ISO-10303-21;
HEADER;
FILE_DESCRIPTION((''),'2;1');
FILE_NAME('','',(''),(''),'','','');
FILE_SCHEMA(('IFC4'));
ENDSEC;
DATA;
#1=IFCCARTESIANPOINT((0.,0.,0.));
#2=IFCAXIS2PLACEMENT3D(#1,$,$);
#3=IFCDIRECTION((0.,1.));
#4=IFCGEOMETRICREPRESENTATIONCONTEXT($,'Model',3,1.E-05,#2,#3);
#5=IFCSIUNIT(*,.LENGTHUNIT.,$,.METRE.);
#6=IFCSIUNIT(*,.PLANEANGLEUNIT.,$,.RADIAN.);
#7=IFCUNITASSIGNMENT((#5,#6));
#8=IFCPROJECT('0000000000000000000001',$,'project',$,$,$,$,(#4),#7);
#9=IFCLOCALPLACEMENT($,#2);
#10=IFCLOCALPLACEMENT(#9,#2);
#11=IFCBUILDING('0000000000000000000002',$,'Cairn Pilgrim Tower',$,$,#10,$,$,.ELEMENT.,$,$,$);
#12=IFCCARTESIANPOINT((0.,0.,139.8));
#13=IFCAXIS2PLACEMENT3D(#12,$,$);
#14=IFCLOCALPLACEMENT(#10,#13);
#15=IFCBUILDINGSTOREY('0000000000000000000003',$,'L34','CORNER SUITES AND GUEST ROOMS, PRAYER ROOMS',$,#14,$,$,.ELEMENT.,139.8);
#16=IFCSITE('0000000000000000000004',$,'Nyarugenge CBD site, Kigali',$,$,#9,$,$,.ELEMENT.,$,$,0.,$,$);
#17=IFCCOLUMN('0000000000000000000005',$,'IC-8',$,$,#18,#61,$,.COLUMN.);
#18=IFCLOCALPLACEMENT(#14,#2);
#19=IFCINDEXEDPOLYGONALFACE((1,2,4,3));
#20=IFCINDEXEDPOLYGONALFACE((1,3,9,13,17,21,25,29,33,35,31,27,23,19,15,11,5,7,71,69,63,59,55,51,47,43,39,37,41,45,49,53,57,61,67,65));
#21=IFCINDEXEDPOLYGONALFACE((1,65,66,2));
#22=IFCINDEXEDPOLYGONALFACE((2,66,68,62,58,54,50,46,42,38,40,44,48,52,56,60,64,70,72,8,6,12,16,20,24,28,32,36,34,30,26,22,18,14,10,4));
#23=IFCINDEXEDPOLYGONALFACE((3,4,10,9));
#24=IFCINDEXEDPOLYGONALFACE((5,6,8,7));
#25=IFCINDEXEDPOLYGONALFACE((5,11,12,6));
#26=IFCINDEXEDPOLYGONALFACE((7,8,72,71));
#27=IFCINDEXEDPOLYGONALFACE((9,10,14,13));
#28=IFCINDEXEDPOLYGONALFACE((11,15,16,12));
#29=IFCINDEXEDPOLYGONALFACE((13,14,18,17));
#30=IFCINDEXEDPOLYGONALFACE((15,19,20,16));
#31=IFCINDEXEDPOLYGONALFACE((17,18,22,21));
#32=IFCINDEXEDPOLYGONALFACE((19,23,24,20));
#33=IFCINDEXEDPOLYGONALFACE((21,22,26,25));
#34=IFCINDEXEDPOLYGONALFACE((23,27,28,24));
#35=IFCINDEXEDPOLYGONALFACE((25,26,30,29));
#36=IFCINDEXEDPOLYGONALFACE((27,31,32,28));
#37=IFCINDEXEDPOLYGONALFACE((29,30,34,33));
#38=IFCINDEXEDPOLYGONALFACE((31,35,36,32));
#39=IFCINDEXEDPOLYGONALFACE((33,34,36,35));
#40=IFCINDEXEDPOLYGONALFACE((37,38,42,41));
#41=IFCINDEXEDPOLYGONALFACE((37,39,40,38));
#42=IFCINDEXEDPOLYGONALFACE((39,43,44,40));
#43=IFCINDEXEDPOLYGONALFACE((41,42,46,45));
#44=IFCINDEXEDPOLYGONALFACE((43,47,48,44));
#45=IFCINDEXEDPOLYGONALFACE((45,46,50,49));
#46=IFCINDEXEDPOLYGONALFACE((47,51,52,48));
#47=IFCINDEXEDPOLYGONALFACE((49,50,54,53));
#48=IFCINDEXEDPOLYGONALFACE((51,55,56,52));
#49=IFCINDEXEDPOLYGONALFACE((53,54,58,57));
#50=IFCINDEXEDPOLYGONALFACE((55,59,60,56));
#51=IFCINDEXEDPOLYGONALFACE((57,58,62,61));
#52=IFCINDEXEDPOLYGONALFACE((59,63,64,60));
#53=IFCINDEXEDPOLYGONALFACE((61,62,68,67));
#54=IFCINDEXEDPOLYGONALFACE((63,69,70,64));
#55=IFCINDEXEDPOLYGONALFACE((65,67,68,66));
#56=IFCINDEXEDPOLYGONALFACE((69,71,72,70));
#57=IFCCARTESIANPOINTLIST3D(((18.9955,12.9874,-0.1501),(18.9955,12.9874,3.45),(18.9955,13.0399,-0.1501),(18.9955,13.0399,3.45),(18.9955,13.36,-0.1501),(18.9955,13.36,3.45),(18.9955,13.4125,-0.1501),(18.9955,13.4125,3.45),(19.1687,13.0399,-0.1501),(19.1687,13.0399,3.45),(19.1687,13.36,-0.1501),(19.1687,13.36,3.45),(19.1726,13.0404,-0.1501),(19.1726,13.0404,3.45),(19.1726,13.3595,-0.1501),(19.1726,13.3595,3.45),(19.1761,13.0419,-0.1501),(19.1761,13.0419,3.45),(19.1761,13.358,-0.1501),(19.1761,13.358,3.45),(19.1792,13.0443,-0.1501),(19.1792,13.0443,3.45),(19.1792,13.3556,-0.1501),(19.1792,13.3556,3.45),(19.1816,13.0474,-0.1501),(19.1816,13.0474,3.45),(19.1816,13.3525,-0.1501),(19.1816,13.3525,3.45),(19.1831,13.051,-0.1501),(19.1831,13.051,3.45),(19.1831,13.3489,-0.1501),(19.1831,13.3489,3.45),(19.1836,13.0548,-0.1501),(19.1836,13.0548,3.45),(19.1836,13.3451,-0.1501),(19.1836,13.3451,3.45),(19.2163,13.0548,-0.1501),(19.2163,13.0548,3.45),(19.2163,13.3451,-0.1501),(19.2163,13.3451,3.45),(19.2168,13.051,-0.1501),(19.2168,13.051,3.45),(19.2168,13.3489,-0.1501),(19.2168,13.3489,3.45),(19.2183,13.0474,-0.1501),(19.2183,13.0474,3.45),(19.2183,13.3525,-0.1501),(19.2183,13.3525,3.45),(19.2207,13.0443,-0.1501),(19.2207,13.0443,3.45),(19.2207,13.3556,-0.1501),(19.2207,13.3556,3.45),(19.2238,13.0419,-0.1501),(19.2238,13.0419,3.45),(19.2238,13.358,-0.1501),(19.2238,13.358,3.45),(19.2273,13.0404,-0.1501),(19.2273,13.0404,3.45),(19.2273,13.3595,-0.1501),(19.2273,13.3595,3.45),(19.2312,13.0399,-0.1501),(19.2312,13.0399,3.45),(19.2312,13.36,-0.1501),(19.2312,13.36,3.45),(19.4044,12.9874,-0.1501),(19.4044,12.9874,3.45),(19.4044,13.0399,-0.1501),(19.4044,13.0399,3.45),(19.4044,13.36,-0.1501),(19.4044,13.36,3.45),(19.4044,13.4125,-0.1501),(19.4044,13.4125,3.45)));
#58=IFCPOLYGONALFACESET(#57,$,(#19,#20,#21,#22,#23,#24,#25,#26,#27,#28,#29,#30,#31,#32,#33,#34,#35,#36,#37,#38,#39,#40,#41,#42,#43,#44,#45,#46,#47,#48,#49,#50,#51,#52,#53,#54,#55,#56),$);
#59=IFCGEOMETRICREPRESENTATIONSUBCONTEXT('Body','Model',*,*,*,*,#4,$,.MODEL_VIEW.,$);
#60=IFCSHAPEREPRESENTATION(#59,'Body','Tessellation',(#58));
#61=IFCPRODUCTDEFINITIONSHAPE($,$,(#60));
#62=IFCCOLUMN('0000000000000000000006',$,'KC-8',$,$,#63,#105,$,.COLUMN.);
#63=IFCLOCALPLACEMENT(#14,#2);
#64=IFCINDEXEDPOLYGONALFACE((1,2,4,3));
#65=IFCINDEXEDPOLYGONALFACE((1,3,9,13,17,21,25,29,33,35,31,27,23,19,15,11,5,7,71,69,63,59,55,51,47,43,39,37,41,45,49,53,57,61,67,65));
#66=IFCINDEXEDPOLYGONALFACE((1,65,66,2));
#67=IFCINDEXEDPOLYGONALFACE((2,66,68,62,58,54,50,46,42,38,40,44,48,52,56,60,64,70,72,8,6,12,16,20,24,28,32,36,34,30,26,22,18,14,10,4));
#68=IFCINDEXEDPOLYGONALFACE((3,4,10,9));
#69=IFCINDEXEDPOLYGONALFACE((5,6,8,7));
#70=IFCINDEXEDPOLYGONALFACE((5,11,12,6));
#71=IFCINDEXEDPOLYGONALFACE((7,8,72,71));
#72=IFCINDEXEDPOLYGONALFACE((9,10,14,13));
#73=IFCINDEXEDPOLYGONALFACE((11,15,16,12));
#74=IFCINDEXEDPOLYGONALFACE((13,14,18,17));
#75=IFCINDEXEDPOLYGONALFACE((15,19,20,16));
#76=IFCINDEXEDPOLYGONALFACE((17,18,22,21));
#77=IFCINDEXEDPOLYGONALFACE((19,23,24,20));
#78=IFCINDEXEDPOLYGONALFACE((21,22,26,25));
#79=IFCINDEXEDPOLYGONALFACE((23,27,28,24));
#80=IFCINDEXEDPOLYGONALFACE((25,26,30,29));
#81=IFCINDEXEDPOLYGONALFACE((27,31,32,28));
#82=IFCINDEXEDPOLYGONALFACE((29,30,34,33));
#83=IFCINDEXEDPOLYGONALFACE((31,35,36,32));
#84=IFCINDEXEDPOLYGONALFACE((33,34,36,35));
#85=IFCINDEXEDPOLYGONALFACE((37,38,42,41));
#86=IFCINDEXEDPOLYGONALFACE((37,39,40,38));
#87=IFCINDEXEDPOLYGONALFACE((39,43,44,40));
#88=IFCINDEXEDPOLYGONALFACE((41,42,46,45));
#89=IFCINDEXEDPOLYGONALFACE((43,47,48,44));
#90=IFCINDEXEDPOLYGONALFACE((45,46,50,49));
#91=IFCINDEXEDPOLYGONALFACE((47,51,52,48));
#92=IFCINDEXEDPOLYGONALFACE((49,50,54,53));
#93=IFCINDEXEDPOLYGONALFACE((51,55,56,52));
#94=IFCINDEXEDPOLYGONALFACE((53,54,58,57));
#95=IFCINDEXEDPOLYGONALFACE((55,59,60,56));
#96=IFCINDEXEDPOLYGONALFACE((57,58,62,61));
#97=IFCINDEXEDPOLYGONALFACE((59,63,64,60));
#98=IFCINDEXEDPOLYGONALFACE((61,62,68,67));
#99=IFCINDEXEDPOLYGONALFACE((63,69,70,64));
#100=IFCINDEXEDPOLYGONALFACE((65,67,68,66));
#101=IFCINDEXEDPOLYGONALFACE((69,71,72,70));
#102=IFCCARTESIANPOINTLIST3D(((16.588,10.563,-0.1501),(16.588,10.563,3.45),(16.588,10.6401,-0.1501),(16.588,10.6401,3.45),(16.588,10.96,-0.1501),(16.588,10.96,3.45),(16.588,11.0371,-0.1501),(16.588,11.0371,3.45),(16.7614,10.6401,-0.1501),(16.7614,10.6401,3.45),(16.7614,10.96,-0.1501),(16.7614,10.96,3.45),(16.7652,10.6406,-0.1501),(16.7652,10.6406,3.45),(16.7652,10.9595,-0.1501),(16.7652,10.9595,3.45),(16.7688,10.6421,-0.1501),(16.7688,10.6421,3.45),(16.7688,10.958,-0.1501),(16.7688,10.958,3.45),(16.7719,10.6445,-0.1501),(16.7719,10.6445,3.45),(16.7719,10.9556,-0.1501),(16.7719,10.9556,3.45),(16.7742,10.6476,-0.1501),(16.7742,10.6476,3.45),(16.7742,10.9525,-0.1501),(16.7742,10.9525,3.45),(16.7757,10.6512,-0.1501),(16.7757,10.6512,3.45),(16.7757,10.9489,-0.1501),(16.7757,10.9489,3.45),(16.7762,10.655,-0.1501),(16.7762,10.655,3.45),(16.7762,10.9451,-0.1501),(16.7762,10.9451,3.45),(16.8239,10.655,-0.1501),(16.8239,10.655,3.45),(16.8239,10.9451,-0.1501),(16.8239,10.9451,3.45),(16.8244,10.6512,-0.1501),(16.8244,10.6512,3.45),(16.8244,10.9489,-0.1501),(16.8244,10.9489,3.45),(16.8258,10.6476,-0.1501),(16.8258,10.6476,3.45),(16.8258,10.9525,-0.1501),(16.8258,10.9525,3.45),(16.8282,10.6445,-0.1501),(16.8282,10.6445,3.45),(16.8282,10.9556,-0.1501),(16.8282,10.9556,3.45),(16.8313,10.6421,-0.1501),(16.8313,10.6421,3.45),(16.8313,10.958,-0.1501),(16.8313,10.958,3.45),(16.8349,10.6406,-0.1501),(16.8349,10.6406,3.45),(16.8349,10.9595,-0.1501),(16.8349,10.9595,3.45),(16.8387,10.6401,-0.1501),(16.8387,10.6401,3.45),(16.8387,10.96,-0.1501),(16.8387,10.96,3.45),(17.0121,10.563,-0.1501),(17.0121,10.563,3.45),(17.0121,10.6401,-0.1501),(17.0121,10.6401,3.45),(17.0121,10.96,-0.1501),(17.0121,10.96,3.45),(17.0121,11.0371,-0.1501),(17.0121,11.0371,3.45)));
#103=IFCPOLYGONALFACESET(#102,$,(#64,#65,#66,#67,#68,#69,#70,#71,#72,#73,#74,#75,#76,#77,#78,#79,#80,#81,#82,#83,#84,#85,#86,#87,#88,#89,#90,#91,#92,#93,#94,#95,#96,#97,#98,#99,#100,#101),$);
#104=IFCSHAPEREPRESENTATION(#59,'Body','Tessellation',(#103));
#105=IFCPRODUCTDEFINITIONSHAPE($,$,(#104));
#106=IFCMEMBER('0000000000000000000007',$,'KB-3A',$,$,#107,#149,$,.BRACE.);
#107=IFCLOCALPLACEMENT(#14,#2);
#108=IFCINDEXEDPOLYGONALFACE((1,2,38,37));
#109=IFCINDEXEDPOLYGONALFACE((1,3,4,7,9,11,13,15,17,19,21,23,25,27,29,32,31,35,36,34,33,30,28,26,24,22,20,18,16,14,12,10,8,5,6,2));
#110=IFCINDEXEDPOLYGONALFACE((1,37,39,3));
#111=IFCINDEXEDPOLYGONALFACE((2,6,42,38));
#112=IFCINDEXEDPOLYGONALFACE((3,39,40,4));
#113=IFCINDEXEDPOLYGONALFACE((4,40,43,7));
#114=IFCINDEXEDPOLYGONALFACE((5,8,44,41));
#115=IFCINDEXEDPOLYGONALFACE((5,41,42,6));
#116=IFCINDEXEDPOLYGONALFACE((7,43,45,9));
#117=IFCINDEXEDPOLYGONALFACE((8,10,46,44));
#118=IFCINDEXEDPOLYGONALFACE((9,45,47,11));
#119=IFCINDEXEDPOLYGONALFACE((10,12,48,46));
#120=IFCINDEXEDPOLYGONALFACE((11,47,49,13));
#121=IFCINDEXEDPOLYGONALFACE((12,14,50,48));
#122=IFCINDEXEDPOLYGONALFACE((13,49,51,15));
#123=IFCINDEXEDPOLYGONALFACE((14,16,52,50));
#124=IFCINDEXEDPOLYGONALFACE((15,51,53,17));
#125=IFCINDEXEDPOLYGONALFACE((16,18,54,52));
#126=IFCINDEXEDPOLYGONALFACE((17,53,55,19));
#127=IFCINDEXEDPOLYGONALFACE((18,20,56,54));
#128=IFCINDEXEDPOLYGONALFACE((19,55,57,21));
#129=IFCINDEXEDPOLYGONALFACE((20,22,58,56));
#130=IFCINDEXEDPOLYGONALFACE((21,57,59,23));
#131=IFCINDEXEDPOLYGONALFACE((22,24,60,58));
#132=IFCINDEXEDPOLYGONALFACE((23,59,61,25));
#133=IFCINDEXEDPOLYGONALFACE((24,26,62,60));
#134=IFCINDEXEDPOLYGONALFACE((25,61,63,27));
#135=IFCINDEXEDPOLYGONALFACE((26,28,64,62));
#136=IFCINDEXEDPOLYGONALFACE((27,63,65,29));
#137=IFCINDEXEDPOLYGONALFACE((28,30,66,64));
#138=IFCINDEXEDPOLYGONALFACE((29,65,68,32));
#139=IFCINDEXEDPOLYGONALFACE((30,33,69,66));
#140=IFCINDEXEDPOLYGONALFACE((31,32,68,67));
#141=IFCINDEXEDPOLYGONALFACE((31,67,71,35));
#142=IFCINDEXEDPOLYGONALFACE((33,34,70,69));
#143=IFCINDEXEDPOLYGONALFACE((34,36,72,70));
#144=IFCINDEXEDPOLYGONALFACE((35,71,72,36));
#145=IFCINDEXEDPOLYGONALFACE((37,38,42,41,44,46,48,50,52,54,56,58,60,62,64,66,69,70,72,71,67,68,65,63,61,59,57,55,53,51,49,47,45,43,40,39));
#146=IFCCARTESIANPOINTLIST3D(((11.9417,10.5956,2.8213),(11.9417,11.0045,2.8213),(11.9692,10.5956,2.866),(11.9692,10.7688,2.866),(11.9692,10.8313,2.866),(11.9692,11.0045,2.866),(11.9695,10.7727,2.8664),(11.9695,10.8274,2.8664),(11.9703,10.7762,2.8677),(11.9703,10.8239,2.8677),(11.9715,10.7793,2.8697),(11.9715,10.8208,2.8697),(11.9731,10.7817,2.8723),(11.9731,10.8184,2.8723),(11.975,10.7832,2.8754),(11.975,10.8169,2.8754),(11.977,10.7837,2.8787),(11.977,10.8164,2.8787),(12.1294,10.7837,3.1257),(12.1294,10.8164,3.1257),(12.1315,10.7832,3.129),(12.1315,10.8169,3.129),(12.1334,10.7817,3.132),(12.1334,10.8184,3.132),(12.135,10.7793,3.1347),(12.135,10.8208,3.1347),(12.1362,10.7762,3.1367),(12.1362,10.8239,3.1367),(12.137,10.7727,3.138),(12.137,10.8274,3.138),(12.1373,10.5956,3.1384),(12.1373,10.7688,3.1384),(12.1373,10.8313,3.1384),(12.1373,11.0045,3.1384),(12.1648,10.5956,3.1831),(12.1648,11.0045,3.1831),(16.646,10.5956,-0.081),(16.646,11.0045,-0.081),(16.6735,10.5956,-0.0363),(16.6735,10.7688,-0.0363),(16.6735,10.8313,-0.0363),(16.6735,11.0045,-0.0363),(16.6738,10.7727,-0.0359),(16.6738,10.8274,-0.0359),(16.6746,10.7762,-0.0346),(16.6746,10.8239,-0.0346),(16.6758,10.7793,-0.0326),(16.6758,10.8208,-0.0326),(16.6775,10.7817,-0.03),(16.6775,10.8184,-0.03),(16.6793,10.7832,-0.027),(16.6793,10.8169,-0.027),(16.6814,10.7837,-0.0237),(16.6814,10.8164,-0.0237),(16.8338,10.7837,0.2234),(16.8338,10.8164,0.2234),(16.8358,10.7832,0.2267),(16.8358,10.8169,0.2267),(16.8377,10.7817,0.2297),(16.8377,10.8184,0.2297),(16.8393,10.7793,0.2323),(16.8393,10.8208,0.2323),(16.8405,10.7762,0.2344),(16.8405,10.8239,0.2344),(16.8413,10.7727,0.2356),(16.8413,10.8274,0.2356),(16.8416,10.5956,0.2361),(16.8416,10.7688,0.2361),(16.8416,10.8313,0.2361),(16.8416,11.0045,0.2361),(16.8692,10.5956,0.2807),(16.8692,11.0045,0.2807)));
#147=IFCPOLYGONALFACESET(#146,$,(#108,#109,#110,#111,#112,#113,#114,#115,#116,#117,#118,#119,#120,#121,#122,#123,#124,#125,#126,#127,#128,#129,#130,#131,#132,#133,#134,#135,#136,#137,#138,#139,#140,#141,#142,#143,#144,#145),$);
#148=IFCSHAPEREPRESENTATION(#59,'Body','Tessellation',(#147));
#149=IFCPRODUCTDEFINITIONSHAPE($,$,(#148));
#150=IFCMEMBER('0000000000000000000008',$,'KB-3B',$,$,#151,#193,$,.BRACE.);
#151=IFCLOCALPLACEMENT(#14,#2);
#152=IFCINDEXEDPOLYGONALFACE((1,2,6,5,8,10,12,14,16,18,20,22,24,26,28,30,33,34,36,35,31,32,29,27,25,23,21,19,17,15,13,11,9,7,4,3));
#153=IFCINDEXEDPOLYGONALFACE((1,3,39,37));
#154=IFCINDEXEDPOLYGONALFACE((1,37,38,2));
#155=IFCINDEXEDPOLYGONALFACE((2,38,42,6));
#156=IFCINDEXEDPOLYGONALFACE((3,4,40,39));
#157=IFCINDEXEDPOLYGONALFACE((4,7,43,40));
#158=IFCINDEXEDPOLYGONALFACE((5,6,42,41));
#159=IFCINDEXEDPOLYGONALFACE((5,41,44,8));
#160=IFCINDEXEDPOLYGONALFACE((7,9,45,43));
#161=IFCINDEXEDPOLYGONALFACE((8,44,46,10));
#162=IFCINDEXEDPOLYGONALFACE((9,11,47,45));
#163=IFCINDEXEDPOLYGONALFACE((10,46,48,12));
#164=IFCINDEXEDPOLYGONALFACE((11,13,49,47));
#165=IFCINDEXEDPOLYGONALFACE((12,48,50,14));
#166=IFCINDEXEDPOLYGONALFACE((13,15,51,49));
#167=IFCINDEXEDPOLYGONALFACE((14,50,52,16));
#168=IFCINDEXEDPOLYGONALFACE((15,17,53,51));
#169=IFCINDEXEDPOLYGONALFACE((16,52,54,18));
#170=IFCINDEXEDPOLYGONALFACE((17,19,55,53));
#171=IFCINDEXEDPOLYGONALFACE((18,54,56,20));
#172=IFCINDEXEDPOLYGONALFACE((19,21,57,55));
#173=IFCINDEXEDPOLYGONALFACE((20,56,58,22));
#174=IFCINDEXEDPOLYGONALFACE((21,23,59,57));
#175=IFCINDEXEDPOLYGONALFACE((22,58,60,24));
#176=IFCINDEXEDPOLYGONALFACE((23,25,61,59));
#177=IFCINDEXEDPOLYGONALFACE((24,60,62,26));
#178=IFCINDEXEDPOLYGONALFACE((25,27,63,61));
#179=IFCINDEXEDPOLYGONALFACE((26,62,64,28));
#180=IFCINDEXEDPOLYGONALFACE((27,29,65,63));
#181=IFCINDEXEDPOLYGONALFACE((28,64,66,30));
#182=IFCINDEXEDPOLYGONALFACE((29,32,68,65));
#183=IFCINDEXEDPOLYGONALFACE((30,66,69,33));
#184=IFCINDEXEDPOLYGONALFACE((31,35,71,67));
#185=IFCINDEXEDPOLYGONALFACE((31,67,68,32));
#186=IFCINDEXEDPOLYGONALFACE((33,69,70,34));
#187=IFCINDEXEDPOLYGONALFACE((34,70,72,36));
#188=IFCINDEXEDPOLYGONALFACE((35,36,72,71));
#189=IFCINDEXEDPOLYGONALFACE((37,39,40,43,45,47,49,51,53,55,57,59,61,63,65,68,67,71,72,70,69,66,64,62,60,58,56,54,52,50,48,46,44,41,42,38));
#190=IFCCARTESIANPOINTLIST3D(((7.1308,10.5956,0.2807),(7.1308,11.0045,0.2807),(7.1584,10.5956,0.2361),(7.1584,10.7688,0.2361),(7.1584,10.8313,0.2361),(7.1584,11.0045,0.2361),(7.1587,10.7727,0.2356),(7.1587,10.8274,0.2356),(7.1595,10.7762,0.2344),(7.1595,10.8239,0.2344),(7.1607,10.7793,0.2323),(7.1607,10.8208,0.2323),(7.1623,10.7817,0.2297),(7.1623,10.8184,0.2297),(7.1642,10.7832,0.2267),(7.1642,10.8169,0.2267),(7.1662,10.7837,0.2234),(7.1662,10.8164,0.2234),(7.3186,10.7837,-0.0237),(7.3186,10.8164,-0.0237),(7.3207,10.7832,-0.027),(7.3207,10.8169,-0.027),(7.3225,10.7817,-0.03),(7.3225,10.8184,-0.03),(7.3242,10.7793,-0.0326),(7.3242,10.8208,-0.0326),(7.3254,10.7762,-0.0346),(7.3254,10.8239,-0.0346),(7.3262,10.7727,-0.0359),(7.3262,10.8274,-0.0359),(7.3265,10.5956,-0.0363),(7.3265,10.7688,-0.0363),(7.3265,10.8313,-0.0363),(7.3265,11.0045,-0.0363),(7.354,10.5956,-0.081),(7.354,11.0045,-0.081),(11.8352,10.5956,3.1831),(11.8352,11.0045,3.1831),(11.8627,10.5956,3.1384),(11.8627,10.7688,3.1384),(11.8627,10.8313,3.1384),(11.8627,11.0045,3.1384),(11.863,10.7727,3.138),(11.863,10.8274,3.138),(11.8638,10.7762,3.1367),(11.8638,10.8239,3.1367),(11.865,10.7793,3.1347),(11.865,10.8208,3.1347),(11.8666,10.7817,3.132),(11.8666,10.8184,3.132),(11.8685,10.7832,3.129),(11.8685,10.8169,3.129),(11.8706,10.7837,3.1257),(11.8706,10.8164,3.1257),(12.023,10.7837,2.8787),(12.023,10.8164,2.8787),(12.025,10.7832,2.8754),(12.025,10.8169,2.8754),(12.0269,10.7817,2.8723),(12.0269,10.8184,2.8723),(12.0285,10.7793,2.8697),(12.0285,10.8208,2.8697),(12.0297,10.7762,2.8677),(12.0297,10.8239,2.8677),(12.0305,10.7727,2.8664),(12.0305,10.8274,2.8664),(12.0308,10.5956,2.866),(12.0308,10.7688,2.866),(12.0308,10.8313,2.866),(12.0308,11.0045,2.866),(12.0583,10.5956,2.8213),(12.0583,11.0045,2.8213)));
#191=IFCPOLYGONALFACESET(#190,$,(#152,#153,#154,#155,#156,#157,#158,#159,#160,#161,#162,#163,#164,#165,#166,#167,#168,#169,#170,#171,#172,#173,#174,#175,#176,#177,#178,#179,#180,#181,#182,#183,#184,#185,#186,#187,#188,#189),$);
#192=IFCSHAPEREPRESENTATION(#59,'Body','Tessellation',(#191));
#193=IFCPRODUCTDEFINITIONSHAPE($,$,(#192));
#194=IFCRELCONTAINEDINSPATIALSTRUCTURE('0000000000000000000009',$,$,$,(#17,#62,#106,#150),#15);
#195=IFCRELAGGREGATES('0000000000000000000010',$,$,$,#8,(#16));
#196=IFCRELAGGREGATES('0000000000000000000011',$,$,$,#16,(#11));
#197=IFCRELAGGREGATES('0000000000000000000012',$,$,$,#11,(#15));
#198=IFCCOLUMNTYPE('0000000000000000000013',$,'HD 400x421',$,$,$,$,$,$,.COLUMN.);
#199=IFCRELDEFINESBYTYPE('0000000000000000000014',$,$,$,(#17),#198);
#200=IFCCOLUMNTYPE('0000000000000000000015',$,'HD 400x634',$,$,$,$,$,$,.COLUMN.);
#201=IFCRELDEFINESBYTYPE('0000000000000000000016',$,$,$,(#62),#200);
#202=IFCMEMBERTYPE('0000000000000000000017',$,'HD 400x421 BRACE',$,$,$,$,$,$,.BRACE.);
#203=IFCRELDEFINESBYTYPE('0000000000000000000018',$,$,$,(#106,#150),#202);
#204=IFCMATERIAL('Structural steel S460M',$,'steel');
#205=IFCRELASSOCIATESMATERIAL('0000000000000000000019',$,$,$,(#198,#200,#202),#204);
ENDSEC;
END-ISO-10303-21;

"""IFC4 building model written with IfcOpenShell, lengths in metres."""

from ifc_helpers import new_model, si_unit, direction, frame, origin, origin_2d, place, context, subcontext, project, spatial, i_section, extrude, material, material_profile, profile_set, type_object, element, save


model = new_model("IFC4")

# Units and contexts
model_context = context("Model", 3, precision=1e-05, world=origin(), true_north=direction((0.0, 1.0)))
body_context = subcontext(model_context, "Body", "Model", "MODEL_VIEW")
ifc_project = project(units=[si_unit("LENGTHUNIT", "METRE"), si_unit("PLANEANGLEUNIT", "RADIAN")], contexts=[model_context])

# Site, building, storey
site_placement = place(None, origin())
site = spatial("IfcSite", under=ifc_project, at=site_placement, Name="Nyarugenge CBD site, Kigali", CompositionType="ELEMENT", RefElevation=0.0)
building_placement = place(site_placement, origin())
building = spatial("IfcBuilding", under=site, at=building_placement, Name="Cairn Pilgrim Tower", CompositionType="ELEMENT")
storey_placement = place(building_placement, frame((0.0, 0.0, 139.8)))
storey = spatial("IfcBuildingStorey", under=building, at=storey_placement, Name="L34", Description="CORNER SUITES AND GUEST ROOMS, PRAYER ROOMS", CompositionType="ELEMENT", Elevation=139.8)

# Columns
ifc_material_1 = material(Name="Structural steel S460M", Category="steel")
ifc_material_profile_1 = material_profile(ifc_material_1, i_section(OverallWidth=0.4089, OverallDepth=0.425, WebThickness=0.0327, FlangeThickness=0.0525, FilletRadius=0.0149, at=origin_2d()), Name="HD 400x421")
ifc_profile_set_1 = profile_set([ifc_material_profile_1], Name="Structural steel S460M")
column_type_1 = type_object("IfcColumnType", Name="HD 400x421", PredefinedType="COLUMN", material=ifc_profile_set_1)
column_1_placement = place(storey_placement, frame((19.2, 13.2, -0.1501), z_axis=(0.0, 0.0, 1.0), x_axis=(1.0, 0.0, 0.0)))
element("IfcColumn", 1, at=column_1_placement, inside=storey, type_object=column_type_1, Name="IC-8", PredefinedType="COLUMN", context=body_context, shape_type="SweptSolid", body=[
    extrude(i_section(OverallWidth=0.4089, OverallDepth=0.425, WebThickness=0.0327, FlangeThickness=0.0525, FilletRadius=0.0149, at=origin_2d()), origin(), (0.0, 0.0, 1.0), 3.6001),
])
ifc_material_profile_2 = material_profile(ifc_material_1, i_section(OverallWidth=0.4241, OverallDepth=0.4741, WebThickness=0.0476, FlangeThickness=0.0771, FilletRadius=0.0149, at=origin_2d()), Name="HD 400x634")
ifc_profile_set_2 = profile_set([ifc_material_profile_2], Name="Structural steel S460M")
column_type_2 = type_object("IfcColumnType", Name="HD 400x634", PredefinedType="COLUMN", material=ifc_profile_set_2)
column_2_placement = place(storey_placement, frame((16.8, 10.8, -0.1501), z_axis=(0.0, 0.0, 1.0), x_axis=(1.0, 0.0, 0.0)))
element("IfcColumn", 2, at=column_2_placement, inside=storey, type_object=column_type_2, Name="KC-8", PredefinedType="COLUMN", context=body_context, shape_type="SweptSolid", body=[
    extrude(i_section(OverallWidth=0.4241, OverallDepth=0.4741, WebThickness=0.0476, FlangeThickness=0.0771, FilletRadius=0.0149, at=origin_2d()), origin(), (0.0, 0.0, 1.0), 3.6001),
])

# Members
ifc_material_profile_3 = material_profile(ifc_material_1, i_section(OverallWidth=0.4089, OverallDepth=0.425, WebThickness=0.0327, FlangeThickness=0.0525, FilletRadius=0.0149, at=origin_2d()), Name="HD 400x421")
ifc_profile_set_3 = profile_set([ifc_material_profile_3], Name="Structural steel S460M")
member_type = type_object("IfcMemberType", Name="HD 400x421 BRACE", PredefinedType="BRACE", material=ifc_profile_set_3)
for number, where, z_axis, x_axis, name in (
    (3, (16.7576, 10.8, 0.0999), (-0.851063, 0.0, 0.525063), (0.0, -1.0, 0.0), "KB-3A"),
    (4, (7.2424, 10.8, 0.0999), (0.851063, 0.0, 0.525063), (0.0, 1.0, 0.0), "KB-3B"),
):
    element("IfcMember", number, at=place(storey_placement, frame(where, z_axis=z_axis, x_axis=x_axis)), inside=storey, type_object=member_type, Name=name, PredefinedType="BRACE", context=body_context, shape_type="SweptSolid", body=[
        extrude(i_section(OverallWidth=0.4089, OverallDepth=0.425, WebThickness=0.0327, FlangeThickness=0.0525, FilletRadius=0.0149, at=origin_2d()), origin(), (0.0, 0.0, 1.0), 5.5276),
    ])

save(model, "model.ifc")
